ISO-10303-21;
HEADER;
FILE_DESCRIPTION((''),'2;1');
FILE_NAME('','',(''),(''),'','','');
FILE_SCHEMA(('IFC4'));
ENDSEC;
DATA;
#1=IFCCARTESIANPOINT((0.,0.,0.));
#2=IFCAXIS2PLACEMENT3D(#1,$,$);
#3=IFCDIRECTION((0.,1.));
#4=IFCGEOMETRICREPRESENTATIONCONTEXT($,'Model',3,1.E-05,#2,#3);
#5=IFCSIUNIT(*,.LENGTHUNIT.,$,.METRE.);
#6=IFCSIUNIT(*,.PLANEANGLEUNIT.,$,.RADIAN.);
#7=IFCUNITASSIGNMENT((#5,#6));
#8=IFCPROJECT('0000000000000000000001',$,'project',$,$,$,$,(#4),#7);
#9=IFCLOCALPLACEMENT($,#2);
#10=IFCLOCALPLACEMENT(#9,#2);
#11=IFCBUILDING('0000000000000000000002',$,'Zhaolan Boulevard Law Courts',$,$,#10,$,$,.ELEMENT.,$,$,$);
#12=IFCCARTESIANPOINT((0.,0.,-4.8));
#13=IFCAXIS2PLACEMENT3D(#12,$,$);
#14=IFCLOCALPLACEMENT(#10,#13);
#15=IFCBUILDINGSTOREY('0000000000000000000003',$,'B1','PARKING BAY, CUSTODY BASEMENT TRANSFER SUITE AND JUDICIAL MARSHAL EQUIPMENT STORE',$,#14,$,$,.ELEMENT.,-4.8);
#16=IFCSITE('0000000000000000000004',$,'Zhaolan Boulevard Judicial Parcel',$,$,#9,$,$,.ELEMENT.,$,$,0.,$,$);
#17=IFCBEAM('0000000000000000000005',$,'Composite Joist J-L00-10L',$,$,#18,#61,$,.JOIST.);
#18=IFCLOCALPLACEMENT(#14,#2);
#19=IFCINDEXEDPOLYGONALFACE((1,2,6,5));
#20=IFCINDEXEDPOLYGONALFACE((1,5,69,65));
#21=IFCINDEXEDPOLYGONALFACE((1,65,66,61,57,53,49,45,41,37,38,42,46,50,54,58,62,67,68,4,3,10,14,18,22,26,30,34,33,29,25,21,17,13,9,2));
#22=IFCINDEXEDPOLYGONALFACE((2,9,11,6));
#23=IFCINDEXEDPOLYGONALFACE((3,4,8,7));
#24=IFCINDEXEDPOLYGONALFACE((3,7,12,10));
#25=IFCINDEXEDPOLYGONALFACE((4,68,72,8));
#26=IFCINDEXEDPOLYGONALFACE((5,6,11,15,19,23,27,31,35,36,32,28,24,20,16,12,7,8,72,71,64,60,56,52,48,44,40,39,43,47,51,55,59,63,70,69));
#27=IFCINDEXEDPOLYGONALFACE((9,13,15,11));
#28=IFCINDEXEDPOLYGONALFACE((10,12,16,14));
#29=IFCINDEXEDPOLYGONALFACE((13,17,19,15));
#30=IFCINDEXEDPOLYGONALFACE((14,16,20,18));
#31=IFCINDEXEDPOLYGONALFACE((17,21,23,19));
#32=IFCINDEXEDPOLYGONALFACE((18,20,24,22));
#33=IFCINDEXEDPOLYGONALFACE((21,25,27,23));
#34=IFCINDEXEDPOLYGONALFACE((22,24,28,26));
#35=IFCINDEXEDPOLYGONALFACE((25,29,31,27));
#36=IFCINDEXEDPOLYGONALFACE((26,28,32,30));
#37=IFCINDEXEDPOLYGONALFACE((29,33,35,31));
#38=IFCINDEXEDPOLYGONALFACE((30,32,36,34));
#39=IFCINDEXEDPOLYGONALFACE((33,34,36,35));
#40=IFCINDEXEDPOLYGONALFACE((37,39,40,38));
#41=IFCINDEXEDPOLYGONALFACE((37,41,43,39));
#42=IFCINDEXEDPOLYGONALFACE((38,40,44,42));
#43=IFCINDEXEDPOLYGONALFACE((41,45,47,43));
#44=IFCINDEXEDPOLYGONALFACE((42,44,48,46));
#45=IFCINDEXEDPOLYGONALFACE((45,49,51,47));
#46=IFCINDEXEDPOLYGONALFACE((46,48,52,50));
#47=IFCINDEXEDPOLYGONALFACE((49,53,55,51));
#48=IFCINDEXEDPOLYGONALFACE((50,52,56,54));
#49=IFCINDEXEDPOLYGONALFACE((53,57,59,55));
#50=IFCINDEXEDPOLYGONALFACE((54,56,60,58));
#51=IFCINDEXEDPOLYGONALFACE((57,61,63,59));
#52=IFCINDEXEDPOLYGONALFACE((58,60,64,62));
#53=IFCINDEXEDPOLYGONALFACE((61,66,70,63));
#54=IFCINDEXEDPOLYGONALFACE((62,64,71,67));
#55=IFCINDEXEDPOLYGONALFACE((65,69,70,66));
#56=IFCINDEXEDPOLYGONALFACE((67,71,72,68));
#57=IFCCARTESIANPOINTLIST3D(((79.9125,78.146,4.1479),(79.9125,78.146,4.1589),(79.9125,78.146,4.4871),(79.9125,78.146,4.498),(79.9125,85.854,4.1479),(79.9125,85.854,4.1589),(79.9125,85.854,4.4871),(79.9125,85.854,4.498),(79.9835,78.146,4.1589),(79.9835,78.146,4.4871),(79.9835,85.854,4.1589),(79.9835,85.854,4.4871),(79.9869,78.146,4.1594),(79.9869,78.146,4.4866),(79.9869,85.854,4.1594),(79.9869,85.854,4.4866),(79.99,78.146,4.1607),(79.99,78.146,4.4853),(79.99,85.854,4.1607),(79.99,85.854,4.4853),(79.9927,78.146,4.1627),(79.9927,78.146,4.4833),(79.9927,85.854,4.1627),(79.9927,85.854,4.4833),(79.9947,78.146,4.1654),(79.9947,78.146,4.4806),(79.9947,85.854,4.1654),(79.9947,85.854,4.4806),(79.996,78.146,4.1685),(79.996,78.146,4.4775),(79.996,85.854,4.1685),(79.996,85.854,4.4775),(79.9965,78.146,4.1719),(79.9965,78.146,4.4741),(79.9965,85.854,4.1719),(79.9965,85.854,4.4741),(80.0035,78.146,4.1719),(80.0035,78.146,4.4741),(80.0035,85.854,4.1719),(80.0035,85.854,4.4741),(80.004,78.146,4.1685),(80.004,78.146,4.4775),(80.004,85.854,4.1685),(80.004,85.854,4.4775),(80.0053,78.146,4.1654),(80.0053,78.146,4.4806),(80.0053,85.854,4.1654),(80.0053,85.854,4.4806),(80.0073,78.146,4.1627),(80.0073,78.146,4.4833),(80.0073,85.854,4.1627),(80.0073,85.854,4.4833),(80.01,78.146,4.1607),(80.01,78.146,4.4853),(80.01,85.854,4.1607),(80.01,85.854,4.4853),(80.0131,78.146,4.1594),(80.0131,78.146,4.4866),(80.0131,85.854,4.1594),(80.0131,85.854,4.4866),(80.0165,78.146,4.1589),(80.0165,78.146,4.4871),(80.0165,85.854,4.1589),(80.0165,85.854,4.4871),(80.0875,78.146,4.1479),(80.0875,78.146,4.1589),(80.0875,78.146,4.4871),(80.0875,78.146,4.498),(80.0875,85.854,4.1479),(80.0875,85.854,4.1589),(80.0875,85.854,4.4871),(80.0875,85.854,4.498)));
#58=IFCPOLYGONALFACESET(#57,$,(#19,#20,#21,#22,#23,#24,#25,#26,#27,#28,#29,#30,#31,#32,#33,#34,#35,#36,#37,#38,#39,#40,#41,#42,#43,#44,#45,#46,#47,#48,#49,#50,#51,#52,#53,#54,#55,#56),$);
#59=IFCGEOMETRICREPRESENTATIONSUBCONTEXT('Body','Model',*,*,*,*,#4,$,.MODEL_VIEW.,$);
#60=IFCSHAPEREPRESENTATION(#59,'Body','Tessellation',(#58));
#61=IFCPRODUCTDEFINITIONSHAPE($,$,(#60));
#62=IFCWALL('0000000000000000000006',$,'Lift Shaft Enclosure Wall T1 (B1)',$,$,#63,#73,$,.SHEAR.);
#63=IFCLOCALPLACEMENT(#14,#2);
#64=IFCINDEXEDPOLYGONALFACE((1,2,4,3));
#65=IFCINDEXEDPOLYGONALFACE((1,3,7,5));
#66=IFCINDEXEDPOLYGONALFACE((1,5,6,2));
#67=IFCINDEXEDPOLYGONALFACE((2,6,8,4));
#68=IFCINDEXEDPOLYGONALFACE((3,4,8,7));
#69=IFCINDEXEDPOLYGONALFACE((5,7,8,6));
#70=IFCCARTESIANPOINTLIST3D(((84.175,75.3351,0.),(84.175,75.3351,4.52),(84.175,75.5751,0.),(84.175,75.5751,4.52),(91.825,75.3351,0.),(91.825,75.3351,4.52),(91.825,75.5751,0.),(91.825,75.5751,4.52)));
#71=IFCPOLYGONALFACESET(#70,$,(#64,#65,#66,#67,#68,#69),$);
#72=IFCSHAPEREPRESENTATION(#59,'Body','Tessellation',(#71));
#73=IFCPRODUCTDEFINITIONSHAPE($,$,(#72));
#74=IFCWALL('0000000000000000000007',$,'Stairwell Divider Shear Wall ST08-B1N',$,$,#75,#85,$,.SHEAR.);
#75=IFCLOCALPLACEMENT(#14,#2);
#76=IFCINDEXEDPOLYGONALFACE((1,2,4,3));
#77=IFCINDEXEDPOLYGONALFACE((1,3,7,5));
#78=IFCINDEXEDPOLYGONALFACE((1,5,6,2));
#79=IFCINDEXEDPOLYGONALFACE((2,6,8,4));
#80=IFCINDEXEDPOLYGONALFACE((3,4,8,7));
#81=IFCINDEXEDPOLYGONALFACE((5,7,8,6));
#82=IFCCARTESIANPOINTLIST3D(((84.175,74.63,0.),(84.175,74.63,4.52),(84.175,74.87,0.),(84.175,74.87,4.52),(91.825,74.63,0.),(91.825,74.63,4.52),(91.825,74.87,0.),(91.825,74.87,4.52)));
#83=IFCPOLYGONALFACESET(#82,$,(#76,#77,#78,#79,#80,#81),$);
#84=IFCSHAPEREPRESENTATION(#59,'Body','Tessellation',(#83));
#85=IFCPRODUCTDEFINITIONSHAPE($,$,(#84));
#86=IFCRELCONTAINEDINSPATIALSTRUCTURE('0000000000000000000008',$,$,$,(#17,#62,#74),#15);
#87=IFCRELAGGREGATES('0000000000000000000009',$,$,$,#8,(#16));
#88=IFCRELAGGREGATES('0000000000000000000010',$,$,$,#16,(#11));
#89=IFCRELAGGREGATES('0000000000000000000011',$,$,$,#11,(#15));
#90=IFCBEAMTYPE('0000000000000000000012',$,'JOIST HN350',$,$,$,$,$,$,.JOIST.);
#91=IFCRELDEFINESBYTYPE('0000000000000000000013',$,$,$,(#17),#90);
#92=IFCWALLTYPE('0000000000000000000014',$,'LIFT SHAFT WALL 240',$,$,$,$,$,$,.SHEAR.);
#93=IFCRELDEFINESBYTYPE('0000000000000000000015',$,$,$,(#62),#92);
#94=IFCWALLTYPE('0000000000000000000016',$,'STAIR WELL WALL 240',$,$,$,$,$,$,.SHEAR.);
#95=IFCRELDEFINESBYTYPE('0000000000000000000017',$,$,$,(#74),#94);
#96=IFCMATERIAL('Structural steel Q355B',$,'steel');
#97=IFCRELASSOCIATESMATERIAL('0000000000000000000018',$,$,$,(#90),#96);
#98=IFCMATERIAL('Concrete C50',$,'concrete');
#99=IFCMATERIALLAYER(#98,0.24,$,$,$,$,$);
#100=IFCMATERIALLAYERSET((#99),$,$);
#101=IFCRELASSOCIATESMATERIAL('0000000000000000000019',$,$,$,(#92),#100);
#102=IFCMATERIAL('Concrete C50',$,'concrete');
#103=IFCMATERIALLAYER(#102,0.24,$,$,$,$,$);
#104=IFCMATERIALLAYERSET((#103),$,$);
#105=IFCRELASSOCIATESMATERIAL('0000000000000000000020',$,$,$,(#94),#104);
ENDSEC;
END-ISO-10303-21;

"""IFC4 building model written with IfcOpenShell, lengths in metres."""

from ifc_helpers import new_model, si_unit, direction, frame, frame_2d, origin, origin_2d, place, context, subcontext, project, spatial, rectangle, i_section, extrude, material, layer, layer_set, material_profile, profile_set, type_object, element, save


model = new_model("IFC4")

# Units and contexts
model_context = context("Model", 3, precision=1e-05, world=origin(), true_north=direction((0.0, 1.0)))
body_context = subcontext(model_context, "Body", "Model", "MODEL_VIEW")
ifc_project = project(units=[si_unit("LENGTHUNIT", "METRE"), si_unit("PLANEANGLEUNIT", "RADIAN")], contexts=[model_context])

# Site, building, storey
site_placement = place(None, origin())
site = spatial("IfcSite", under=ifc_project, at=site_placement, Name="Zhaolan Boulevard Judicial Parcel", CompositionType="ELEMENT", RefElevation=0.0)
building_placement = place(site_placement, origin())
building = spatial("IfcBuilding", under=site, at=building_placement, Name="Zhaolan Boulevard Law Courts", CompositionType="ELEMENT")
storey_placement = place(building_placement, frame((0.0, 0.0, -4.8)))
storey = spatial("IfcBuildingStorey", under=building, at=storey_placement, Name="B1", Description="PARKING BAY, CUSTODY BASEMENT TRANSFER SUITE AND JUDICIAL MARSHAL EQUIPMENT STORE", CompositionType="ELEMENT", Elevation=-4.8)

# Beam
ifc_material_1 = material(Name="Structural steel Q355B", Category="steel")
ifc_material_profile_1 = material_profile(ifc_material_1, i_section(OverallWidth=0.175, OverallDepth=0.3501, WebThickness=0.0071, FlangeThickness=0.011, FilletRadius=0.0129, at=origin_2d()), Name="HN350x175")
ifc_profile_set_1 = profile_set([ifc_material_profile_1], Name="Structural steel Q355B")
beam_type_1 = type_object("IfcBeamType", Name="JOIST HN350", PredefinedType="JOIST", material=ifc_profile_set_1)
beam_1_placement = place(storey_placement, frame((80.0, 78.146, 4.323), z_axis=(0.0, 1.0, 0.0), x_axis=(-1.0, 0.0, 0.0)))
element("IfcBeam", 1, at=beam_1_placement, inside=storey, type_object=beam_type_1, Name="Composite Joist J-L00-10L", PredefinedType="JOIST", context=body_context, shape_type="SweptSolid", body=[
    extrude(i_section(OverallWidth=0.175, OverallDepth=0.3501, WebThickness=0.0071, FlangeThickness=0.011, FilletRadius=0.0129, at=origin_2d()), origin(), (0.0, 0.0, 1.0), 7.708),
])

# Walls
ifc_material_2 = material(Name="Concrete C50", Category="concrete")
ifc_layer_1 = layer(ifc_material_2, 0.24)
ifc_layer_set_1 = layer_set([ifc_layer_1])
wall_type_1 = type_object("IfcWallType", Name="LIFT SHAFT WALL 240", PredefinedType="SHEAR", material=ifc_layer_set_1)
wall_1_placement = place(storey_placement, frame((84.175, 75.4551, 0.0), z_axis=(0.0, 0.0, 1.0), x_axis=(1.0, 0.0, 0.0)))
element("IfcWall", 2, at=wall_1_placement, inside=storey, type_object=wall_type_1, Name="Lift Shaft Enclosure Wall T1 (B1)", PredefinedType="SHEAR", context=body_context, shape_type="SweptSolid", body=[
    extrude(rectangle(XDim=7.6499, YDim=0.24, at=frame_2d((3.825, 0.0))), origin(), (0.0, 0.0, 1.0), 4.52),
])
ifc_material_3 = material(Name="Concrete C50", Category="concrete")
ifc_layer_2 = layer(ifc_material_3, 0.24)
ifc_layer_set_2 = layer_set([ifc_layer_2])
wall_type_2 = type_object("IfcWallType", Name="STAIR WELL WALL 240", PredefinedType="SHEAR", material=ifc_layer_set_2)
wall_2_placement = place(storey_placement, frame((84.175, 74.75, 0.0), z_axis=(0.0, 0.0, 1.0), x_axis=(1.0, 0.0, 0.0)))
element("IfcWall", 3, at=wall_2_placement, inside=storey, type_object=wall_type_2, Name="Stairwell Divider Shear Wall ST08-B1N", PredefinedType="SHEAR", context=body_context, shape_type="SweptSolid", body=[
    extrude(rectangle(XDim=7.6499, YDim=0.24, at=frame_2d((3.825, 0.0))), origin(), (0.0, 0.0, 1.0), 4.52),
])

save(model, "model.ifc")
